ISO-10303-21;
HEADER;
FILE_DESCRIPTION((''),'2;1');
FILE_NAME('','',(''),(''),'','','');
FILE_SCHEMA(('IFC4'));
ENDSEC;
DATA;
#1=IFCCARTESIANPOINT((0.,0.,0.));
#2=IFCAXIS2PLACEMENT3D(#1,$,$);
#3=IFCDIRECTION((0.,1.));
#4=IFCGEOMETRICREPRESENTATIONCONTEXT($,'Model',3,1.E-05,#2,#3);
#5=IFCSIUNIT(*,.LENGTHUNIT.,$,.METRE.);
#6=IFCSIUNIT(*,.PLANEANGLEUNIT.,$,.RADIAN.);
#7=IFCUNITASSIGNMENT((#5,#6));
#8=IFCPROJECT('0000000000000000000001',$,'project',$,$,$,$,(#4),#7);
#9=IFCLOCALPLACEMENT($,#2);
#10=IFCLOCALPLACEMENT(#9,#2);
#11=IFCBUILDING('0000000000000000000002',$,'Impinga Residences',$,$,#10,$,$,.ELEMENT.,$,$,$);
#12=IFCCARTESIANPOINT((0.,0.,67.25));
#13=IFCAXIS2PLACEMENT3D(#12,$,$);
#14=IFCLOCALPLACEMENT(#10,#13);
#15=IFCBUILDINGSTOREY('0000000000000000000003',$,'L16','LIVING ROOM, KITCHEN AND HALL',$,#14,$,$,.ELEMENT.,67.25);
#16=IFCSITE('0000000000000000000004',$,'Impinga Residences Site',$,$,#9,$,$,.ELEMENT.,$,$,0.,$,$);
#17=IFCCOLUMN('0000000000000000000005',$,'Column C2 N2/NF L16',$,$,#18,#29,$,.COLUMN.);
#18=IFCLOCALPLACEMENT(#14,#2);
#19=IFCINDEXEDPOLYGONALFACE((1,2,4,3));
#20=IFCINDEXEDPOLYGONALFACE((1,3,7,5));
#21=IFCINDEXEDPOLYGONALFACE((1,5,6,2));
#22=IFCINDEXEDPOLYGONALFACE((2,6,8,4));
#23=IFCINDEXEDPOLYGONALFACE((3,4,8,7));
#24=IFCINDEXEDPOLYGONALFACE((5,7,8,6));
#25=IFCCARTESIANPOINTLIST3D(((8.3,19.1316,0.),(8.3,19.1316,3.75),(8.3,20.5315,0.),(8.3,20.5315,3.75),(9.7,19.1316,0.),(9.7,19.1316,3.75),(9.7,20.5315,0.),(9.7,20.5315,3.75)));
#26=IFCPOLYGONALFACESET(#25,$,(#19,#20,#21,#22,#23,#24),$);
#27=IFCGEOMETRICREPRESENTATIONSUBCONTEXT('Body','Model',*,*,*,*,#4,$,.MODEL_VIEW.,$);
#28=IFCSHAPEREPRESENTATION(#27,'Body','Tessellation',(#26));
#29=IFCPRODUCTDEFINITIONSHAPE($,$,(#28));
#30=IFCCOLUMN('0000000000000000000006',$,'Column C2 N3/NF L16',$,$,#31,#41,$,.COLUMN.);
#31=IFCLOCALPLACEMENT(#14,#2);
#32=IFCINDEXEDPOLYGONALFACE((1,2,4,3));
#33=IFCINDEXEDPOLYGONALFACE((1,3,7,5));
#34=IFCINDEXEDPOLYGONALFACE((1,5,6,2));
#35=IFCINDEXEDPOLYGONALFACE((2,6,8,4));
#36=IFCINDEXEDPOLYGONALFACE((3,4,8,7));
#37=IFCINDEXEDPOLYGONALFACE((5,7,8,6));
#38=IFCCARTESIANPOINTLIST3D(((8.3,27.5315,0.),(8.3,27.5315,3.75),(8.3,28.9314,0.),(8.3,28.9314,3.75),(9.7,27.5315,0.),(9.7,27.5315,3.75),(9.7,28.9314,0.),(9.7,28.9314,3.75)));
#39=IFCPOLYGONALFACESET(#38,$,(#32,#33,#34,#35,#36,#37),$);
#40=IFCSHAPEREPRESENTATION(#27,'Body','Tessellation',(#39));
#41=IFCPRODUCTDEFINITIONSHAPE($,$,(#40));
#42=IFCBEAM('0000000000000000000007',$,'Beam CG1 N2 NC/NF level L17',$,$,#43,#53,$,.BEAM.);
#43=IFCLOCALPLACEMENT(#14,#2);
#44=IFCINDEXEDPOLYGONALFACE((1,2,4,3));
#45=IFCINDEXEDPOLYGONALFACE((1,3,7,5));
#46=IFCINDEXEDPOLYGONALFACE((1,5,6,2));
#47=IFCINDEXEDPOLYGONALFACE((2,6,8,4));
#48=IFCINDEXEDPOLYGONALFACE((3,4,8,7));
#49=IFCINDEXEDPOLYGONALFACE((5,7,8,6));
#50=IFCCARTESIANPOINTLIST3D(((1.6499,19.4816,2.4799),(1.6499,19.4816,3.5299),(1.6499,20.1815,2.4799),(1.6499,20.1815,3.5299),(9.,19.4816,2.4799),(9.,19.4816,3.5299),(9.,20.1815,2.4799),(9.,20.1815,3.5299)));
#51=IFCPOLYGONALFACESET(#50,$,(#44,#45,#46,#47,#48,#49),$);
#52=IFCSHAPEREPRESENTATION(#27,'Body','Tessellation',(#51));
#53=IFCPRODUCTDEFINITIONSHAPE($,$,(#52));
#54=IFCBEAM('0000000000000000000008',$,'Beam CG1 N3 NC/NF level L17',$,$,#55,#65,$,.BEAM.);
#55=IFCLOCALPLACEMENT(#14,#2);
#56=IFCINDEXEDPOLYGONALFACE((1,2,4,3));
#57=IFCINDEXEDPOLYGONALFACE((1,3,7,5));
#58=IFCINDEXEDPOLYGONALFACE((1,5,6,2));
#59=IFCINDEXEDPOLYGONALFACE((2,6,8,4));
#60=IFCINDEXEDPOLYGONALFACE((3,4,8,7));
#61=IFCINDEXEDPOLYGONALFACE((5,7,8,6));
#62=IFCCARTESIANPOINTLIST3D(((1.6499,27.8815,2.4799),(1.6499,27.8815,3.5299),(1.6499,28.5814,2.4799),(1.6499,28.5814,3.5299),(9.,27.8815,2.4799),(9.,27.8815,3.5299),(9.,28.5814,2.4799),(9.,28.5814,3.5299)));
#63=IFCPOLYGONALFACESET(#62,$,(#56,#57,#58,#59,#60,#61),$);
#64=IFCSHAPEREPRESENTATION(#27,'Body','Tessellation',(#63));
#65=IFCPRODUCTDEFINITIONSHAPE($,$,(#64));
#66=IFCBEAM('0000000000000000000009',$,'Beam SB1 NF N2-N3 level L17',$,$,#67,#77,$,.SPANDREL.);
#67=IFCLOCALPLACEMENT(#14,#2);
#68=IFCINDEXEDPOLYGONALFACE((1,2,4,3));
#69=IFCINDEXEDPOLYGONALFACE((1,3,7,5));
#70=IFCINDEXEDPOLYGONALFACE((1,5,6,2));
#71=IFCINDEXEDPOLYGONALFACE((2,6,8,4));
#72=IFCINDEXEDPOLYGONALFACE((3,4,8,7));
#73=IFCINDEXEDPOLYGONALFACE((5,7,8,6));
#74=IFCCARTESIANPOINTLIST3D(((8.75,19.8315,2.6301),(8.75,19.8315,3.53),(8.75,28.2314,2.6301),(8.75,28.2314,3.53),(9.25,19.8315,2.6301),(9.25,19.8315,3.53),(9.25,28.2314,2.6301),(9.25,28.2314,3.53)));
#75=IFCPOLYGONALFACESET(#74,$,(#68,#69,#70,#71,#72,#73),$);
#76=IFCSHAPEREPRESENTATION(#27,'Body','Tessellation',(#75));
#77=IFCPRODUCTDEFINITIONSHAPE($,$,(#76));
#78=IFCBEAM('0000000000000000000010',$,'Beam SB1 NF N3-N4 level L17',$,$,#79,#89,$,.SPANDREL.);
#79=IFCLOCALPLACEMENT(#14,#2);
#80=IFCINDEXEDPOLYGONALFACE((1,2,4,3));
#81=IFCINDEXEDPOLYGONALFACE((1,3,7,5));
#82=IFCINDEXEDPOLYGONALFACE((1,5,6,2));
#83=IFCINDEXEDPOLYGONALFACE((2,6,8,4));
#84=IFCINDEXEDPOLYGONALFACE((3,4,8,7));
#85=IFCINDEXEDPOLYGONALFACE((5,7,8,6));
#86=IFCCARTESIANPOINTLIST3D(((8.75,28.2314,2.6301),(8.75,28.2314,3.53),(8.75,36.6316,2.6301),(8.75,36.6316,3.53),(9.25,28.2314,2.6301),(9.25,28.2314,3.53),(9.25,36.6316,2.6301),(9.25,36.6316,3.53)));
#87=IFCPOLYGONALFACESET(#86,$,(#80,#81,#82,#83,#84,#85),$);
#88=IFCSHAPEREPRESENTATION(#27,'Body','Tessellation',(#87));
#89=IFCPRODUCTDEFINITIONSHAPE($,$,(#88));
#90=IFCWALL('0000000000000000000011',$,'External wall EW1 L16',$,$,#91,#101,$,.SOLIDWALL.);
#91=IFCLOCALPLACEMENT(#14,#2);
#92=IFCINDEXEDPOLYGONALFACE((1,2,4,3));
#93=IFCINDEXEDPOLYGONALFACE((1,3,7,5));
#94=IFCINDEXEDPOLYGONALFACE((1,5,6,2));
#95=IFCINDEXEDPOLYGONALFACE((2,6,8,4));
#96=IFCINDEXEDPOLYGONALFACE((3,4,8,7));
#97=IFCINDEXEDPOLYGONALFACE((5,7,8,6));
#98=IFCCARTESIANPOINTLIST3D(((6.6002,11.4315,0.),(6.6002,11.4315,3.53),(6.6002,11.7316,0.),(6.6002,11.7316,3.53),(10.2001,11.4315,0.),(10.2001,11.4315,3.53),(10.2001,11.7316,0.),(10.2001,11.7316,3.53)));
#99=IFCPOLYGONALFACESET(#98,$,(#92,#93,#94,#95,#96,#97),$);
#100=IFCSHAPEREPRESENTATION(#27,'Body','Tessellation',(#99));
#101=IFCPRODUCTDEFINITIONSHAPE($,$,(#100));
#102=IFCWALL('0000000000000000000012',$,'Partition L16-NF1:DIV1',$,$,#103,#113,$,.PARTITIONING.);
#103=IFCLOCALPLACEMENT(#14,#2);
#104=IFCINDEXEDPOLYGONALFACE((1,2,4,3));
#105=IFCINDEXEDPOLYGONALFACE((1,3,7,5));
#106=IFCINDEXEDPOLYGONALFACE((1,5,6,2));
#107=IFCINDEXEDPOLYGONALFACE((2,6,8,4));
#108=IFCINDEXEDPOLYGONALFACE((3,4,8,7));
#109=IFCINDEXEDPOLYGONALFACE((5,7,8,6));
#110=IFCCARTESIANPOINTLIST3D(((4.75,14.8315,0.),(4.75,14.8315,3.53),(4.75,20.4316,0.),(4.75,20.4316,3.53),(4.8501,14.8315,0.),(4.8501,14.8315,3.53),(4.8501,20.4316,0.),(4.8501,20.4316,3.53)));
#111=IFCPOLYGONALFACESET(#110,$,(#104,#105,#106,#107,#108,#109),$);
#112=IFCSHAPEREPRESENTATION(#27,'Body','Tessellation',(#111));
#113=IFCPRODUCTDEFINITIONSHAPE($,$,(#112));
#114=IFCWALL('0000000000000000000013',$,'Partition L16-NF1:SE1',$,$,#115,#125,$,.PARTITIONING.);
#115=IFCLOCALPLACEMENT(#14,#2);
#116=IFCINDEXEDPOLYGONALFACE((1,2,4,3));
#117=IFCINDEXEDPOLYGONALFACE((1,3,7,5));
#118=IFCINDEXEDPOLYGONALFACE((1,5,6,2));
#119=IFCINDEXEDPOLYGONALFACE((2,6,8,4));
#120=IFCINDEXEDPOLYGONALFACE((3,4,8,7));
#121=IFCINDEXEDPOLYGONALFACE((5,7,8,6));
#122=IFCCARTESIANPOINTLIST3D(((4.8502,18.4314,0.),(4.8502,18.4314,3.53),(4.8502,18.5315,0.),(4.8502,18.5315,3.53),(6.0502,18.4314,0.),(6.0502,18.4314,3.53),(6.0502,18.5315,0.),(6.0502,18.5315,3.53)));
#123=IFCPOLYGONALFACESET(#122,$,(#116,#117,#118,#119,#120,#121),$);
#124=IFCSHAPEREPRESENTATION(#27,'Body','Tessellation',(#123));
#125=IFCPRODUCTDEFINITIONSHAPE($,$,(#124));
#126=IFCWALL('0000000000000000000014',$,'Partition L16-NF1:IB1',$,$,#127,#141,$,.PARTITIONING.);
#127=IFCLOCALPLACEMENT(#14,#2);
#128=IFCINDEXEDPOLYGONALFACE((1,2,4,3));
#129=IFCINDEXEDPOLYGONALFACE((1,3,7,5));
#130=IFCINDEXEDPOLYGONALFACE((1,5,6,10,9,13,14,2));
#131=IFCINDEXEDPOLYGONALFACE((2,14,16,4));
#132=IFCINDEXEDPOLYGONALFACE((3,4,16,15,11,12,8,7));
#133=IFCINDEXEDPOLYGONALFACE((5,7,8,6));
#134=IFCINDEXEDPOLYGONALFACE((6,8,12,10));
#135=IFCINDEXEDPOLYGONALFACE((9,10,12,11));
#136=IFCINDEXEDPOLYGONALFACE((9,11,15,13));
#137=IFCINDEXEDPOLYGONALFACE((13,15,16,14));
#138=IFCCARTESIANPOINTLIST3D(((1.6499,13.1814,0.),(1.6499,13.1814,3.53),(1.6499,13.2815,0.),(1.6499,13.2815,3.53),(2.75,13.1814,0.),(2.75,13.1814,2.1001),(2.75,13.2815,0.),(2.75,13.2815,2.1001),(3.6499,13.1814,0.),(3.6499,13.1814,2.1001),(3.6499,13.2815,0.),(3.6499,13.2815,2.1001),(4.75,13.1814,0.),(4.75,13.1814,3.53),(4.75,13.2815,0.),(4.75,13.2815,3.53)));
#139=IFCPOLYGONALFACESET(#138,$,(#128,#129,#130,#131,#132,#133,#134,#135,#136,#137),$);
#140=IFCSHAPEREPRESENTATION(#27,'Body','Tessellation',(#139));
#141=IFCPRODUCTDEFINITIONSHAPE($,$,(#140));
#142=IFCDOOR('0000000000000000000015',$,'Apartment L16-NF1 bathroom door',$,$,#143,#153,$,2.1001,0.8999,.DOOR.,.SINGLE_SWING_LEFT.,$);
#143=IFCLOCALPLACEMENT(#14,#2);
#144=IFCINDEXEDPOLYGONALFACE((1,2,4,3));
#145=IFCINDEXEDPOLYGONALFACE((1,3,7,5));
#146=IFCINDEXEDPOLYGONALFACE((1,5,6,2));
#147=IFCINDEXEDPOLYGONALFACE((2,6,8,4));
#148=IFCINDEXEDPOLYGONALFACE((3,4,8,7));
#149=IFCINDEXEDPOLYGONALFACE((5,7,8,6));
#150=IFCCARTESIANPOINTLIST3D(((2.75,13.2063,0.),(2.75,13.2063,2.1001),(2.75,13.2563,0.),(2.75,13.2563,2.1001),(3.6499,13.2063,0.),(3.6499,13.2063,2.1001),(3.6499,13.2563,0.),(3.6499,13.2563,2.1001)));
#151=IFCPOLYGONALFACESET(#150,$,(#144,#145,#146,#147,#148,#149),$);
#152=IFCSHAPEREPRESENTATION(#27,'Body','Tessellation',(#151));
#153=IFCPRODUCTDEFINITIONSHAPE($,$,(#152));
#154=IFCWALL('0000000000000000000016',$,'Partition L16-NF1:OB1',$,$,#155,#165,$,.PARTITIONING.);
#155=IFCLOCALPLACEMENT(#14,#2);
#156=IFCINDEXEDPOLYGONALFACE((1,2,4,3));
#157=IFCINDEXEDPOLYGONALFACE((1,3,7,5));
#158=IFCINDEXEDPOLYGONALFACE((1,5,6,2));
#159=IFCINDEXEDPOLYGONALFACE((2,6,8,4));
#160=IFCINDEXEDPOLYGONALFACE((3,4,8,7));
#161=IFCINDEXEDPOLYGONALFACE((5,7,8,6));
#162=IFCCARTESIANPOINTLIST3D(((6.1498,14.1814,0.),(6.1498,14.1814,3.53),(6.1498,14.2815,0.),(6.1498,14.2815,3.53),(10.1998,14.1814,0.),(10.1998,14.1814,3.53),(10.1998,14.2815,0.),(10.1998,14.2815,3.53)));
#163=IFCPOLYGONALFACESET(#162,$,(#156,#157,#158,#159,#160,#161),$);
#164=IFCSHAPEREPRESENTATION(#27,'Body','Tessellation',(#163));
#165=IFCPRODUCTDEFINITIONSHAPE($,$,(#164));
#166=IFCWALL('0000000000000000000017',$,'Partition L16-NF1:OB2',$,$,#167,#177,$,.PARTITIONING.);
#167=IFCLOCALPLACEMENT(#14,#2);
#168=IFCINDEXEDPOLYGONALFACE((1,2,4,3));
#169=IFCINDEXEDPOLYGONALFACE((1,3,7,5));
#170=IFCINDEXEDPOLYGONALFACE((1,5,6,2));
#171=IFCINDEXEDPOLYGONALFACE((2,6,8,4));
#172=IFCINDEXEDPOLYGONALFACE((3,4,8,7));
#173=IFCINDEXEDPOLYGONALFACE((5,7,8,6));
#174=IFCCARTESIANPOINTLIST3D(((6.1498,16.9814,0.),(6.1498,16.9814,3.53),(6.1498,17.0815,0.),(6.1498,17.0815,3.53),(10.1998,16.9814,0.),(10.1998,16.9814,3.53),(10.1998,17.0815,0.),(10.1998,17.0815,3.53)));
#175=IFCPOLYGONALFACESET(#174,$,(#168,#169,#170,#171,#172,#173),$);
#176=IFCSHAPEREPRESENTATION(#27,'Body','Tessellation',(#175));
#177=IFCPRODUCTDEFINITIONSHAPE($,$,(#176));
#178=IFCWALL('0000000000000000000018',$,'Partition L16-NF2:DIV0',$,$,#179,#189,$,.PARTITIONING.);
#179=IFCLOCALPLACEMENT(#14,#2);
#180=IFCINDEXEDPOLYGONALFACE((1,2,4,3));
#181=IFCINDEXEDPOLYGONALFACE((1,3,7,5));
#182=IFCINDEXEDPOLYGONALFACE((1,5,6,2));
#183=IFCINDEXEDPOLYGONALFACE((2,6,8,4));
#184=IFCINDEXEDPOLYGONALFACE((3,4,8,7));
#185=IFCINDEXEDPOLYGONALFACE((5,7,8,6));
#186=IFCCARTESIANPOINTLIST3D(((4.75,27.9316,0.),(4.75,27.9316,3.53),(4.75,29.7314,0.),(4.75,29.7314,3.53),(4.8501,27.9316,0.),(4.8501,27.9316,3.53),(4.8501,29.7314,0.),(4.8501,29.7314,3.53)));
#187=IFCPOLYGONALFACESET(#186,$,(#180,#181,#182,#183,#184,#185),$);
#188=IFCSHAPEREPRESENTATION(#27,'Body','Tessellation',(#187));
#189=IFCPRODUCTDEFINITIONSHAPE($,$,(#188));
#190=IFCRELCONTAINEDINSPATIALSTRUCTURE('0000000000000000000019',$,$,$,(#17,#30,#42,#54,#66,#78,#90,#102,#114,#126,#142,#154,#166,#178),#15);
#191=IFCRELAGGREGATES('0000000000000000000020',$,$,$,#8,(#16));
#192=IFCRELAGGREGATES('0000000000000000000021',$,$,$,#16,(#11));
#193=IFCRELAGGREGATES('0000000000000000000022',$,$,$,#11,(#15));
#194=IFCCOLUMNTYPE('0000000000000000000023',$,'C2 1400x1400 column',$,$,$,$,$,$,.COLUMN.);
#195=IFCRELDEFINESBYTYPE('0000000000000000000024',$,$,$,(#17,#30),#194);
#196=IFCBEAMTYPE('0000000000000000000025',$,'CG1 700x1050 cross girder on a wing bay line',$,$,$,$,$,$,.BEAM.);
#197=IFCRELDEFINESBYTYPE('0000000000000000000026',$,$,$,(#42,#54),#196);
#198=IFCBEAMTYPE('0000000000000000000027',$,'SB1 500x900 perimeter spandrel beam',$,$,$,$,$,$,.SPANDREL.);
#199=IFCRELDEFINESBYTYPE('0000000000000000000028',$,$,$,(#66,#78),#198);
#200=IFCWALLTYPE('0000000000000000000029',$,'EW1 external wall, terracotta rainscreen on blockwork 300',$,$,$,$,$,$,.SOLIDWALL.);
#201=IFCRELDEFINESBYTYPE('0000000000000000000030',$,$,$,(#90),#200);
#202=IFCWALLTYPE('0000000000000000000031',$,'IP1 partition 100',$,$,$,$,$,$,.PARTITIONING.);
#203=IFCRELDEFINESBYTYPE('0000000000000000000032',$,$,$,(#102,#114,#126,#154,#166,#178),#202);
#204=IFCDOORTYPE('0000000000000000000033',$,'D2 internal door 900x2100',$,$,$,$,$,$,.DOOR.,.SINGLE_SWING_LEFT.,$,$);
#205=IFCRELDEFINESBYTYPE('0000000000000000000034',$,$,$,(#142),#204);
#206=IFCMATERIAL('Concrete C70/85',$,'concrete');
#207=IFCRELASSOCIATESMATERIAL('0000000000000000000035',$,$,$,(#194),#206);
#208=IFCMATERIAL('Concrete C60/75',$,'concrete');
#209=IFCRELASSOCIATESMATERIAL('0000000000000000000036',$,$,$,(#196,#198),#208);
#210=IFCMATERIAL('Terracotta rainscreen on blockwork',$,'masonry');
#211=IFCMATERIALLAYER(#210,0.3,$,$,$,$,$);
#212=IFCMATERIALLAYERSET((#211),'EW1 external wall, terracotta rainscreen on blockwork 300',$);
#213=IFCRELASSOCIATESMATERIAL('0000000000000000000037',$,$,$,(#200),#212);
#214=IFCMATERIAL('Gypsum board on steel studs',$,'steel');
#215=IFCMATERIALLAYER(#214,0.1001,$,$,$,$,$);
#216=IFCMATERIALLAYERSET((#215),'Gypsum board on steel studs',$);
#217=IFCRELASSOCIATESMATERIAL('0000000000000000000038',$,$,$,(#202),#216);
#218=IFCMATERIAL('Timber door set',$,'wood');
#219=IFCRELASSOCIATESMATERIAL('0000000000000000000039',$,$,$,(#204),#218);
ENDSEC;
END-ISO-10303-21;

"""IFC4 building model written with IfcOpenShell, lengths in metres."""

from ifc_helpers import new_model, si_unit, direction, frame, frame_2d, origin, origin_2d, place, context, subcontext, project, spatial, rectangle, extrude, material, layer, layer_set, material_profile, profile_set, type_object, element, fill, save


model = new_model("IFC4")

# Units and contexts
model_context = context("Model", 3, precision=1e-05, world=origin(), true_north=direction((0.0, 1.0)))
body_context = subcontext(model_context, "Body", "Model", "MODEL_VIEW")
ifc_project = project(units=[si_unit("LENGTHUNIT", "METRE"), si_unit("PLANEANGLEUNIT", "RADIAN")], contexts=[model_context])

# Site, building, storey
site_placement = place(None, origin())
site = spatial("IfcSite", under=ifc_project, at=site_placement, Name="Impinga Residences Site", CompositionType="ELEMENT", RefElevation=0.0)
building_placement = place(site_placement, origin())
building = spatial("IfcBuilding", under=site, at=building_placement, Name="Impinga Residences", CompositionType="ELEMENT")
storey_placement = place(building_placement, frame((0.0, 0.0, 67.25)))
storey = spatial("IfcBuildingStorey", under=building, at=storey_placement, Name="L16", Description="LIVING ROOM, KITCHEN AND HALL", CompositionType="ELEMENT", Elevation=67.25)

# Columns
ifc_material_1 = material(Name="Concrete C70/85", Category="concrete")
ifc_material_profile_1 = material_profile(ifc_material_1, rectangle(XDim=1.3999, YDim=1.3999, at=origin_2d()), Name="RC 1400x1400")
ifc_profile_set_1 = profile_set([ifc_material_profile_1], Name="Concrete C70/85")
column_type = type_object("IfcColumnType", Name="C2 1400x1400 column", PredefinedType="COLUMN", material=ifc_profile_set_1)
for number, where, z_axis, x_axis, name in (
    (1, (9.0, 19.8315, 0.0), (0.0, 0.0, 1.0), (1.0, 0.0, 0.0), "Column C2 N2/NF L16"),
    (2, (9.0, 28.2314, 0.0), (0.0, 0.0, 1.0), (1.0, 0.0, 0.0), "Column C2 N3/NF L16"),
):
    element("IfcColumn", number, at=place(storey_placement, frame(where, z_axis=z_axis, x_axis=x_axis)), inside=storey, type_object=column_type, Name=name, PredefinedType="COLUMN", context=body_context, shape_type="SweptSolid", body=[
        extrude(rectangle(XDim=1.3999, YDim=1.3999, at=origin_2d()), origin(), (0.0, 0.0, 1.0), 3.75),
    ])

# Beams
ifc_material_2 = material(Name="Concrete C60/75", Category="concrete")
ifc_material_profile_2 = material_profile(ifc_material_2, rectangle(XDim=0.7, YDim=1.05, at=origin_2d()), Name="RC 700x1050")
ifc_profile_set_2 = profile_set([ifc_material_profile_2], Name="Concrete C60/75")
beam_type_1 = type_object("IfcBeamType", Name="CG1 700x1050 cross girder on a wing bay line", PredefinedType="BEAM", material=ifc_profile_set_2)
for number, where, z_axis, x_axis, name in (
    (3, (1.6499, 19.8315, 3.0049), (1.0, 0.0, 0.0), (0.0, 1.0, 0.0), "Beam CG1 N2 NC/NF level L17"),
    (4, (1.6499, 28.2314, 3.0049), (1.0, 0.0, 0.0), (0.0, 1.0, 0.0), "Beam CG1 N3 NC/NF level L17"),
):
    element("IfcBeam", number, at=place(storey_placement, frame(where, z_axis=z_axis, x_axis=x_axis)), inside=storey, type_object=beam_type_1, Name=name, PredefinedType="BEAM", context=body_context, shape_type="SweptSolid", body=[
        extrude(rectangle(XDim=0.7, YDim=1.05, at=origin_2d()), origin(), (0.0, 0.0, 1.0), 7.3501),
    ])
ifc_material_profile_3 = material_profile(ifc_material_2, rectangle(XDim=0.5, YDim=0.8999, at=origin_2d()), Name="RC 500x900")
ifc_profile_set_3 = profile_set([ifc_material_profile_3], Name="Concrete C60/75")
beam_type_2 = type_object("IfcBeamType", Name="SB1 500x900 perimeter spandrel beam", PredefinedType="SPANDREL", material=ifc_profile_set_3)
beam_1_placement = place(storey_placement, frame((9.0, 19.8315, 3.0801), z_axis=(0.0, 1.0, 0.0), x_axis=(-1.0, 0.0, 0.0)))
element("IfcBeam", 5, at=beam_1_placement, inside=storey, type_object=beam_type_2, Name="Beam SB1 NF N2-N3 level L17", PredefinedType="SPANDREL", context=body_context, shape_type="SweptSolid", body=[
    extrude(rectangle(XDim=0.5, YDim=0.8999, at=origin_2d()), origin(), (0.0, 0.0, 1.0), 8.3999),
])
beam_2_placement = place(storey_placement, frame((9.0, 28.2314, 3.0801), z_axis=(0.0, 1.0, 0.0), x_axis=(-1.0, 0.0, 0.0)))
element("IfcBeam", 6, at=beam_2_placement, inside=storey, type_object=beam_type_2, Name="Beam SB1 NF N3-N4 level L17", PredefinedType="SPANDREL", context=body_context, shape_type="SweptSolid", body=[
    extrude(rectangle(XDim=0.5, YDim=0.8999, at=origin_2d()), origin(), (0.0, 0.0, 1.0), 8.4001),
])

# Walls
ifc_material_3 = material(Name="Terracotta rainscreen on blockwork", Category="masonry")
ifc_layer_1 = layer(ifc_material_3, 0.3)
ifc_layer_set_1 = layer_set([ifc_layer_1], Name="EW1 external wall, terracotta rainscreen on blockwork 300")
wall_type_1 = type_object("IfcWallType", Name="EW1 external wall, terracotta rainscreen on blockwork 300", PredefinedType="SOLIDWALL", material=ifc_layer_set_1)
wall_1_placement = place(storey_placement, frame((10.2, 11.5815, 0.0), z_axis=(0.0, 0.0, 1.0), x_axis=(-1.0, 0.0, 0.0)))
element("IfcWall", 7, at=wall_1_placement, inside=storey, type_object=wall_type_1, Name="External wall EW1 L16", PredefinedType="SOLIDWALL", context=body_context, shape_type="SweptSolid", body=[
    extrude(rectangle(XDim=3.5999, YDim=0.3, at=frame_2d((1.7998, 0.0))), origin(), (0.0, 0.0, 1.0), 3.53),
])
ifc_material_4 = material(Name="Gypsum board on steel studs", Category="steel")
ifc_layer_2 = layer(ifc_material_4, 0.1001)
ifc_layer_set_2 = layer_set([ifc_layer_2], Name="Gypsum board on steel studs")
wall_type_2 = type_object("IfcWallType", Name="IP1 partition 100", PredefinedType="PARTITIONING", material=ifc_layer_set_2)
wall_2_placement = place(storey_placement, frame((4.8, 14.8315, 0.0), z_axis=(0.0, 0.0, 1.0), x_axis=(0.0, 1.0, 0.0)))
element("IfcWall", 8, at=wall_2_placement, inside=storey, type_object=wall_type_2, Name="Partition L16-NF1:DIV1", PredefinedType="PARTITIONING", context=body_context, shape_type="SweptSolid", body=[
    extrude(rectangle(XDim=5.6001, YDim=0.1001, at=frame_2d((2.8, 0.0))), origin(), (0.0, 0.0, 1.0), 3.53),
])
wall_3_placement = place(storey_placement, frame((4.8501, 18.4814, 0.0), z_axis=(0.0, 0.0, 1.0), x_axis=(1.0, 0.0, 0.0)))
element("IfcWall", 9, at=wall_3_placement, inside=storey, type_object=wall_type_2, Name="Partition L16-NF1:SE1", PredefinedType="PARTITIONING", context=body_context, shape_type="SweptSolid", body=[
    extrude(rectangle(XDim=1.2, YDim=0.1001, at=frame_2d((0.6001, 0.0))), origin(), (0.0, 0.0, 1.0), 3.53),
])

# Wall, opening, door
wall_4_placement = place(storey_placement, frame((1.6499, 13.2314, 0.0), z_axis=(0.0, 0.0, 1.0), x_axis=(1.0, 0.0, 0.0)))
wall_4 = element("IfcWall", 10, at=wall_4_placement, inside=storey, type_object=wall_type_2, Name="Partition L16-NF1:IB1", PredefinedType="PARTITIONING", context=body_context, shape_type="SweptSolid", body=[
    extrude(rectangle(XDim=3.1001, YDim=0.1001, at=frame_2d((1.55, 0.0))), origin(), (0.0, 0.0, 1.0), 3.53),
])
opening_1_placement = place(wall_4_placement, frame((1.1001, 0.0, 0.0)))
opening_1 = element("IfcOpeningElement", 11, at=opening_1_placement, cuts=wall_4, PredefinedType="OPENING", context=body_context, shape_type="SweptSolid", body=[
    extrude(rectangle(XDim=0.8999, YDim=2.1001, at=frame_2d((0.45, 1.05))), frame((0.0, 0.0601, 0.0), z_axis=(0.0, -1.0, 0.0), x_axis=(1.0, 0.0, 0.0)), (0.0, 0.0, 1.0), 0.1201),
])
ifc_material_5 = material(Name="Timber door set", Category="wood")
door_type = type_object("IfcDoorType", Name="D2 internal door 900x2100", OperationType="SINGLE_SWING_LEFT", PredefinedType="DOOR", material=ifc_material_5)
door_1_placement = place(opening_1_placement, origin())
door_1 = element("IfcDoor", 12, at=door_1_placement, inside=storey, type_object=door_type, Name="Apartment L16-NF1 bathroom door", OperationType="SINGLE_SWING_LEFT", OverallHeight=2.1001, OverallWidth=0.8999, PredefinedType="DOOR", context=body_context, shape_type="SweptSolid", body=[
    extrude(rectangle(XDim=0.8999, YDim=2.1001, at=frame_2d((0.45, 1.05))), frame((0.0, 0.0249, 0.0), z_axis=(0.0, -1.0, 0.0), x_axis=(1.0, 0.0, 0.0)), (0.0, 0.0, 1.0), 0.05),
])
fill(opening_1, door_1)

# Walls
for number, where, z_axis, x_axis, name in (
    (13, (6.1499, 14.2314, 0.0), (0.0, 0.0, 1.0), (1.0, 0.0, 0.0), "Partition L16-NF1:OB1"),
    (14, (6.1499, 17.0315, 0.0), (0.0, 0.0, 1.0), (1.0, 0.0, 0.0), "Partition L16-NF1:OB2"),
):
    element("IfcWall", number, at=place(storey_placement, frame(where, z_axis=z_axis, x_axis=x_axis)), inside=storey, type_object=wall_type_2, Name=name, PredefinedType="PARTITIONING", context=body_context, shape_type="SweptSolid", body=[
        extrude(rectangle(XDim=4.05, YDim=0.1001, at=frame_2d((2.0249, 0.0))), origin(), (0.0, 0.0, 1.0), 3.53),
    ])
wall_5_placement = place(storey_placement, frame((4.8, 27.9316, 0.0), z_axis=(0.0, 0.0, 1.0), x_axis=(0.0, 1.0, 0.0)))
element("IfcWall", 15, at=wall_5_placement, inside=storey, type_object=wall_type_2, Name="Partition L16-NF2:DIV0", PredefinedType="PARTITIONING", context=body_context, shape_type="SweptSolid", body=[
    extrude(rectangle(XDim=1.7998, YDim=0.1001, at=frame_2d((0.8999, 0.0))), origin(), (0.0, 0.0, 1.0), 3.53),
])

save(model, "model.ifc")
